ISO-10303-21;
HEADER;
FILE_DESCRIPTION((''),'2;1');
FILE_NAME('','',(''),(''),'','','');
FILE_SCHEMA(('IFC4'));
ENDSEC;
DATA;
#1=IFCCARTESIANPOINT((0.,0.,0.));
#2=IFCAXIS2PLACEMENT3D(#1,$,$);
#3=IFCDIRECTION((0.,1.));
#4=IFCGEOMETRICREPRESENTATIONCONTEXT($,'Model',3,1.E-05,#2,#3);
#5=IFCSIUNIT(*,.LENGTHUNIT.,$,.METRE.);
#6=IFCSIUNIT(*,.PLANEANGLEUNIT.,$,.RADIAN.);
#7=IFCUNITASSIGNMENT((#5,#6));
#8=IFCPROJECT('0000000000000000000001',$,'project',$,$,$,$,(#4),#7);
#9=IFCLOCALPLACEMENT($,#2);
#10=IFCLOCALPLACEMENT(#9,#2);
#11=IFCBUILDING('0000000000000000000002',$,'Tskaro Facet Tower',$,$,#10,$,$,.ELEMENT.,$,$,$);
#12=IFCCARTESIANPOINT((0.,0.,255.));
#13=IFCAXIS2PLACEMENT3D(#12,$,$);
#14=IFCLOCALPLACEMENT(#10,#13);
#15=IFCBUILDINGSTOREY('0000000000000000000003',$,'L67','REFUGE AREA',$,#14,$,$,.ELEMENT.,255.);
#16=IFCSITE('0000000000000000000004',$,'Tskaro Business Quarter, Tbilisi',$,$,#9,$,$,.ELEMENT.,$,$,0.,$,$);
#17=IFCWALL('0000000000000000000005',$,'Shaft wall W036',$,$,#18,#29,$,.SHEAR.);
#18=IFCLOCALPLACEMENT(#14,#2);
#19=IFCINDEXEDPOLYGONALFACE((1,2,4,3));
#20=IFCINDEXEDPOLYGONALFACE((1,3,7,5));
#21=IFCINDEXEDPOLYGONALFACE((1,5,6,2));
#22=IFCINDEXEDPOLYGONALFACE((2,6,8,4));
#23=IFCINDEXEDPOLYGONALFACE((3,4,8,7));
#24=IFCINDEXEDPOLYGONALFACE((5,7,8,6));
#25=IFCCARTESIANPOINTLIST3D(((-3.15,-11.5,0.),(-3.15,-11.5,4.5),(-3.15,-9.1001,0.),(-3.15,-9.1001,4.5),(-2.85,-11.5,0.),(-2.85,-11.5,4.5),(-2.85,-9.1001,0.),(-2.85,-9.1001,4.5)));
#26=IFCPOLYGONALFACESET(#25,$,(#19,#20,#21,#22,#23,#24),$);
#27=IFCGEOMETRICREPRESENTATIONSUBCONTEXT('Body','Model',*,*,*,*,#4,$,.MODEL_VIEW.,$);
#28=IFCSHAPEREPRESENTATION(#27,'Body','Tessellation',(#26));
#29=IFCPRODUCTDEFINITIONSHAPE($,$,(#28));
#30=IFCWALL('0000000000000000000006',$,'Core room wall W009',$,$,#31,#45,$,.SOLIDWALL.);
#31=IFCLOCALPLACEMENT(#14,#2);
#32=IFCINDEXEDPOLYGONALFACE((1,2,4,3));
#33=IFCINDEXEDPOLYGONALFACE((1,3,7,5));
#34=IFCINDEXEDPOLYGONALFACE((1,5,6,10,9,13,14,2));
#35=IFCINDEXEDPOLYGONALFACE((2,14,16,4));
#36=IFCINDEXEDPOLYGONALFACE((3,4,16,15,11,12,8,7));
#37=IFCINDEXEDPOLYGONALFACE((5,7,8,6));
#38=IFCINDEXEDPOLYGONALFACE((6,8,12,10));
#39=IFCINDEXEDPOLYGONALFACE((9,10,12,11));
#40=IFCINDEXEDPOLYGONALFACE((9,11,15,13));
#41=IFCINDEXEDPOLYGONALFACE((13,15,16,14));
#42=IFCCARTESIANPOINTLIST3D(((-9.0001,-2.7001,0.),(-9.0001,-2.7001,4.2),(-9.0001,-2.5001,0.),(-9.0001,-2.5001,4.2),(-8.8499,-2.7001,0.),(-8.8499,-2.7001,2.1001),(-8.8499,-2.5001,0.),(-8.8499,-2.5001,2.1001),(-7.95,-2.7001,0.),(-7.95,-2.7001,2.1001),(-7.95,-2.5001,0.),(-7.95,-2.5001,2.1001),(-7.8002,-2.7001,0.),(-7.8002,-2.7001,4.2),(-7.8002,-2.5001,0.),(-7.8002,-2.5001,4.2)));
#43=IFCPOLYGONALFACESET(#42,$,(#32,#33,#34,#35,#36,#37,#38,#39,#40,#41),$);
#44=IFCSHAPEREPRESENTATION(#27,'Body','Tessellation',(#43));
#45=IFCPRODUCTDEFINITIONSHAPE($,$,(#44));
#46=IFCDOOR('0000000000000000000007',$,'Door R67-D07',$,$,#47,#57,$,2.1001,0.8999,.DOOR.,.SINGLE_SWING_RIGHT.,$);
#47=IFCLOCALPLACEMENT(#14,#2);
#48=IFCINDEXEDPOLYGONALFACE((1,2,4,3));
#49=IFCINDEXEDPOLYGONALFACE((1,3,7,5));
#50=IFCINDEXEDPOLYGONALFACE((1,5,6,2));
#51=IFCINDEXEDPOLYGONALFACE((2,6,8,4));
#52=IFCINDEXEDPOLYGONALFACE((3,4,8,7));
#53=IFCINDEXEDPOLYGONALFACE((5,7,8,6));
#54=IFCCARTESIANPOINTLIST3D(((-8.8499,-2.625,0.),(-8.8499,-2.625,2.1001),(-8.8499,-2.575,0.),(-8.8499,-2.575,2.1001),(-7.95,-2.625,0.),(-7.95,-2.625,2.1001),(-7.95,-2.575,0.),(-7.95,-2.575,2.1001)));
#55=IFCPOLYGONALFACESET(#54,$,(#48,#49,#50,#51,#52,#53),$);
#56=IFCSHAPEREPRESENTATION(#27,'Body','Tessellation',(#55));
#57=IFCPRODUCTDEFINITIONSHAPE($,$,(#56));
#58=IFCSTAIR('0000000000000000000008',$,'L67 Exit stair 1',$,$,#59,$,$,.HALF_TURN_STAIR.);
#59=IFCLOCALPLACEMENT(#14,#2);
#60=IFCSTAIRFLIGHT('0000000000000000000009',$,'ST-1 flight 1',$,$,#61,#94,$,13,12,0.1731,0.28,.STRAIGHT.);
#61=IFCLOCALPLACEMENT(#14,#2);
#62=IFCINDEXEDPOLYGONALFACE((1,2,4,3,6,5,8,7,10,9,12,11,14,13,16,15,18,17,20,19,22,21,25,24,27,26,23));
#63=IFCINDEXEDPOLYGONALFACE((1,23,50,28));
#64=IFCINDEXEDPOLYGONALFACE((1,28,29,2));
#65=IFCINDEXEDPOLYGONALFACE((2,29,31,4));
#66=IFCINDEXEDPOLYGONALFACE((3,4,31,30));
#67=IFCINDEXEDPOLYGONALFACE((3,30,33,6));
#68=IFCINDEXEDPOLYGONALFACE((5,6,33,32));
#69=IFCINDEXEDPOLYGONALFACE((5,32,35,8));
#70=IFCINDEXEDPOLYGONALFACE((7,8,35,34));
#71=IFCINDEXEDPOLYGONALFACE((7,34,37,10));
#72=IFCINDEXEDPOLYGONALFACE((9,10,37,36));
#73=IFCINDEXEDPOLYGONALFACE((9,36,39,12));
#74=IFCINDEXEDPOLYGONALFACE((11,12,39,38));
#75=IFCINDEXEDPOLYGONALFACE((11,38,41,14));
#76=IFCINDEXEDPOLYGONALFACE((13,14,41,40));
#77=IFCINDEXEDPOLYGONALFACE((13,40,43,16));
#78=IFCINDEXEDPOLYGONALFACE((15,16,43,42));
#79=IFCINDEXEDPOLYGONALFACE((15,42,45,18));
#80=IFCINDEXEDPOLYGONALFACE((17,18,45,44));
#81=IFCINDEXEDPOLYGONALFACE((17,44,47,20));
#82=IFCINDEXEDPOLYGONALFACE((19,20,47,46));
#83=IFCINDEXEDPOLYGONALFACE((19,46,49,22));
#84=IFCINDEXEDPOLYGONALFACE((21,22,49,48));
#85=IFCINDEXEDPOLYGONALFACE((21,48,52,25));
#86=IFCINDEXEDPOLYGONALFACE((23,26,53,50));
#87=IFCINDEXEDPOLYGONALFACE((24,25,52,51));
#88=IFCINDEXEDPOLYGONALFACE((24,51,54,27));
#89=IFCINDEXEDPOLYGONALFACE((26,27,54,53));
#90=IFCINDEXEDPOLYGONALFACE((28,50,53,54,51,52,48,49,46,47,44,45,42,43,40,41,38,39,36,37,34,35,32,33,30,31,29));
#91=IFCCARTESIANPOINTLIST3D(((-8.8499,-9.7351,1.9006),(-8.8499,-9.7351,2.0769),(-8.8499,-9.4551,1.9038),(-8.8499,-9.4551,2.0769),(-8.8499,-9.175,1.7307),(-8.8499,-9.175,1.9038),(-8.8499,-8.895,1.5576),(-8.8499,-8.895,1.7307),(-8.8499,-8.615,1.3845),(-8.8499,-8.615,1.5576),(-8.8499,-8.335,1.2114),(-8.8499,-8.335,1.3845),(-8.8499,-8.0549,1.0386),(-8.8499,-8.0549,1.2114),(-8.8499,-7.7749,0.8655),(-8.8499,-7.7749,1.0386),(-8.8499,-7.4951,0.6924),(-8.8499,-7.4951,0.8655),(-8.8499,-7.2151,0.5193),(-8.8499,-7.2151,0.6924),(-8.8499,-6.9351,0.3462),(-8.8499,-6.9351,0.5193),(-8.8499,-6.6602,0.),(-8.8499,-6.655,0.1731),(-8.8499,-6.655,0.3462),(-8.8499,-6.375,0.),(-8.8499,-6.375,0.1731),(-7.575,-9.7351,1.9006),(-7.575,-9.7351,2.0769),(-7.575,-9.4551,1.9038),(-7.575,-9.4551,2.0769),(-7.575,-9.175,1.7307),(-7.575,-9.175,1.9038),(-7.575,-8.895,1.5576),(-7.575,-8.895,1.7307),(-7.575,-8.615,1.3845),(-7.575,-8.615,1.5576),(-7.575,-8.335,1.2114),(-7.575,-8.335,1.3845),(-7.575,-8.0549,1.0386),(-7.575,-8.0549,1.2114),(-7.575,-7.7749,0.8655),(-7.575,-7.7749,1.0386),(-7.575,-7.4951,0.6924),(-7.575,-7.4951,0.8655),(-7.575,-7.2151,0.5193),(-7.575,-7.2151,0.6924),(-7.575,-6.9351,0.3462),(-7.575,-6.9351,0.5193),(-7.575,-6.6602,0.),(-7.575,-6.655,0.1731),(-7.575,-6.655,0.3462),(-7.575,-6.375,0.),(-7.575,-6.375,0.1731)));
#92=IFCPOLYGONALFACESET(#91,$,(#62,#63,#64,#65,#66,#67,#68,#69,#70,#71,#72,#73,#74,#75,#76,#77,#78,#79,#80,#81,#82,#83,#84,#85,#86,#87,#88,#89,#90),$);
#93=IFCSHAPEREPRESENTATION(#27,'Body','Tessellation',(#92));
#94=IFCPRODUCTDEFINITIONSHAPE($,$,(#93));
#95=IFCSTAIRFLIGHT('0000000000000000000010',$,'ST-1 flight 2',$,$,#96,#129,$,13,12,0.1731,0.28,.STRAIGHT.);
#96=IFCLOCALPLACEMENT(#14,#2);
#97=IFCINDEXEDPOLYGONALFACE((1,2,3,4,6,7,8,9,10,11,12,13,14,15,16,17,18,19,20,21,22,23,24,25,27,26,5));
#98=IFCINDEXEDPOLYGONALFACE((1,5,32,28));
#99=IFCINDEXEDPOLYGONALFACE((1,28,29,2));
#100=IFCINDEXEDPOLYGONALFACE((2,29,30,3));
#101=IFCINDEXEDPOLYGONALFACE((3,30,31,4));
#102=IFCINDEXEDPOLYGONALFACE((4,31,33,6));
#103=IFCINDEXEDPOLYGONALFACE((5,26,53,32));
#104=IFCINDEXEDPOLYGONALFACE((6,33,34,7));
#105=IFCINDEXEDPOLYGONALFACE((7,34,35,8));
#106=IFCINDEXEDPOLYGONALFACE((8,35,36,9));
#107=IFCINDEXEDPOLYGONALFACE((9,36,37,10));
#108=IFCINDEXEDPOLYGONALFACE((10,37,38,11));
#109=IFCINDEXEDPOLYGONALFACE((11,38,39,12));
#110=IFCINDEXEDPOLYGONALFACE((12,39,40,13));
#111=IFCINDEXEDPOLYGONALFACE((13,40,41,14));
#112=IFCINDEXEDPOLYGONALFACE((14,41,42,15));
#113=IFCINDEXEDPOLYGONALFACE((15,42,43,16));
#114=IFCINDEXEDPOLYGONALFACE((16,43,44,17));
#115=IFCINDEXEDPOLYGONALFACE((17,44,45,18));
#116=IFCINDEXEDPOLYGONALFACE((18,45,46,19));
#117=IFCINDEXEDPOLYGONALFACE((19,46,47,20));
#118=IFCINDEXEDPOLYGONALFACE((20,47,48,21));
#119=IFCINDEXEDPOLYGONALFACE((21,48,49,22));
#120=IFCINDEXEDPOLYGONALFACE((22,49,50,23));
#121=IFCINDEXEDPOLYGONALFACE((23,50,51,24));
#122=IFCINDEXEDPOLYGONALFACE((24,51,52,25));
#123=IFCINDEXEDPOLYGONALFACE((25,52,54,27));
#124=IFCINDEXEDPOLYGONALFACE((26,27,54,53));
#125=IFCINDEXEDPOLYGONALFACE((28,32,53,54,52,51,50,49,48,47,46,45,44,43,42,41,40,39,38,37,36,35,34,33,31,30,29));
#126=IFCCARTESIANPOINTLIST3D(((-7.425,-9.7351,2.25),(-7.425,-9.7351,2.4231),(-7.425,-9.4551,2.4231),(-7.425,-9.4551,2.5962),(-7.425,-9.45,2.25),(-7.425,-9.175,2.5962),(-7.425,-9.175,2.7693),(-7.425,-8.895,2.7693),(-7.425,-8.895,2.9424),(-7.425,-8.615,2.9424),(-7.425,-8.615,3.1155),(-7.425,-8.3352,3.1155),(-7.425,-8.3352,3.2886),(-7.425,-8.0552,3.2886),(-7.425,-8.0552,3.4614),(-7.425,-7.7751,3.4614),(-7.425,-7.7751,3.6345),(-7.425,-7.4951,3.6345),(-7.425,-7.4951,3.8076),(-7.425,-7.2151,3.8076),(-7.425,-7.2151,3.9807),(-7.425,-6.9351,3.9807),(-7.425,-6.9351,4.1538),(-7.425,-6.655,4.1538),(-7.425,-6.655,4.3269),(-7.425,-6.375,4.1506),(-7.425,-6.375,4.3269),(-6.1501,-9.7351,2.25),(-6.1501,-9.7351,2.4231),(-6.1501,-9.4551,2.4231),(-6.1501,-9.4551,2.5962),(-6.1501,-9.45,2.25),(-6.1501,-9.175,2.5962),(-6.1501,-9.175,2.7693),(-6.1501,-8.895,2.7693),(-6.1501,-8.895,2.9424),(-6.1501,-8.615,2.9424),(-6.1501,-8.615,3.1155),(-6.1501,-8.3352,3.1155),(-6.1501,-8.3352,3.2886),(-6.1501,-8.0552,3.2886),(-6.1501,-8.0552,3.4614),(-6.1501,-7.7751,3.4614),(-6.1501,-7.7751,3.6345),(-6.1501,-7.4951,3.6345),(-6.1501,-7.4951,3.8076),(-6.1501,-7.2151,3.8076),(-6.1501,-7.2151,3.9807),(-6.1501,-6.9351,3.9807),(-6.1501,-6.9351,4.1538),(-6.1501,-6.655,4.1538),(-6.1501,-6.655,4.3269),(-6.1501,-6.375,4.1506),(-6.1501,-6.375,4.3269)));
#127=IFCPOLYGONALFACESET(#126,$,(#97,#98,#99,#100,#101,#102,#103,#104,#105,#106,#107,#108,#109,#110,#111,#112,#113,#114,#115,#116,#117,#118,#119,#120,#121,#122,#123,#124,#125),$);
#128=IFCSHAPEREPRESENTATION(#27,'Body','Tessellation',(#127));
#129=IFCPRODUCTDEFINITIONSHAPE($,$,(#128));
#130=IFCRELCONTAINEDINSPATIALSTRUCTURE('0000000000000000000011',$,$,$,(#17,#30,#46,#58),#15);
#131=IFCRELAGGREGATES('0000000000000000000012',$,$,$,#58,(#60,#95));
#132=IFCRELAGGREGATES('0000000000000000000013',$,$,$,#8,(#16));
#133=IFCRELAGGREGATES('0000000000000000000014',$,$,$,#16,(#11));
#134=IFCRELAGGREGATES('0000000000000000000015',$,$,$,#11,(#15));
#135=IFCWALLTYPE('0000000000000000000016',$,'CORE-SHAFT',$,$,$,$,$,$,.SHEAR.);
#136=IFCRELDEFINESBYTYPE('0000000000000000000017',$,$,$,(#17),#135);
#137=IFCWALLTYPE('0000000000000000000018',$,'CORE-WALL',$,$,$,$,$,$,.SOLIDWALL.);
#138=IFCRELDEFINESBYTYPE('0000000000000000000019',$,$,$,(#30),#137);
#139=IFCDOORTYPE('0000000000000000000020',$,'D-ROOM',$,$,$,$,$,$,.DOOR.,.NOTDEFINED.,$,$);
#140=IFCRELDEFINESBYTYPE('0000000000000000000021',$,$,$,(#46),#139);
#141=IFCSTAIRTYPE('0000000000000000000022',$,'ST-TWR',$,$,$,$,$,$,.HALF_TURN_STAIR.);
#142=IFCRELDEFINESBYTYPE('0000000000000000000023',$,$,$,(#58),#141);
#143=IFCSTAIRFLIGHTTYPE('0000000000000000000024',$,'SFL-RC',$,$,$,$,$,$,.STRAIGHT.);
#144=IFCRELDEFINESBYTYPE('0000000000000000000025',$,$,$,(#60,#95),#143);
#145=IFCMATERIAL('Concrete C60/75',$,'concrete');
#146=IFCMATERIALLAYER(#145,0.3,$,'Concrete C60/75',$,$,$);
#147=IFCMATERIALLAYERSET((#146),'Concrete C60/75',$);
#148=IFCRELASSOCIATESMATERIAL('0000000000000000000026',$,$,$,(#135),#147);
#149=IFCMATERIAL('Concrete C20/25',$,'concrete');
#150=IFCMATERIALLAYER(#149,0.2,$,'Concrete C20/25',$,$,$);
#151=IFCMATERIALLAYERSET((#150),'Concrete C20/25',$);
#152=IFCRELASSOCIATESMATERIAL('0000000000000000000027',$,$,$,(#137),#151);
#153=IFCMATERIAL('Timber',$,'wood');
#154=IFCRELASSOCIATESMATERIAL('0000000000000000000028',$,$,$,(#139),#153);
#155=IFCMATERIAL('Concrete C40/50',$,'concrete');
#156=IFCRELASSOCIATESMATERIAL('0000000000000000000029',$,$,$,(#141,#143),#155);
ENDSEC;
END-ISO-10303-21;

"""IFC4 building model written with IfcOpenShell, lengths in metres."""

from ifc_helpers import new_model, si_unit, direction, frame, frame_2d, origin, place, context, subcontext, project, spatial, polyline, rectangle, outline, extrude, material, layer, layer_set, type_object, element, fill, aggregate, save


model = new_model("IFC4")

# Units and contexts
model_context = context("Model", 3, precision=1e-05, world=origin(), true_north=direction((0.0, 1.0)))
body_context = subcontext(model_context, "Body", "Model", "MODEL_VIEW")
ifc_project = project(units=[si_unit("LENGTHUNIT", "METRE"), si_unit("PLANEANGLEUNIT", "RADIAN")], contexts=[model_context])

# Site, building, storey
site_placement = place(None, origin())
site = spatial("IfcSite", under=ifc_project, at=site_placement, Name="Tskaro Business Quarter, Tbilisi", CompositionType="ELEMENT", RefElevation=0.0)
building_placement = place(site_placement, origin())
building = spatial("IfcBuilding", under=site, at=building_placement, Name="Tskaro Facet Tower", CompositionType="ELEMENT")
storey_placement = place(building_placement, frame((0.0, 0.0, 255.0)))
storey = spatial("IfcBuildingStorey", under=building, at=storey_placement, Name="L67", Description="REFUGE AREA", CompositionType="ELEMENT", Elevation=255.0)

# Shared definitions
ifc_material_1 = material(Name="Concrete C60/75", Category="concrete")
ifc_layer_1 = layer(ifc_material_1, 0.3, Name="Concrete C60/75")
ifc_layer_set_1 = layer_set([ifc_layer_1], Name="Concrete C60/75")
wall_type_1 = type_object("IfcWallType", Name="CORE-SHAFT", PredefinedType="SHEAR", material=ifc_layer_set_1)

# Wall
wall_1_placement = place(storey_placement, frame((-3.0, -11.5, 0.0), z_axis=(0.0, 0.0, 1.0), x_axis=(0.0, 1.0, 0.0)))
element("IfcWall", 1, at=wall_1_placement, inside=storey, type_object=wall_type_1, Name="Shaft wall W036", PredefinedType="SHEAR", context=body_context, shape_type="SweptSolid", body=[
    extrude(rectangle(XDim=2.3999, YDim=0.3, at=frame_2d((1.2, 0.0))), origin(), (0.0, 0.0, 1.0), 4.5),
])

# Wall, opening, door
ifc_material_2 = material(Name="Concrete C20/25", Category="concrete")
ifc_layer_2 = layer(ifc_material_2, 0.2, Name="Concrete C20/25")
ifc_layer_set_2 = layer_set([ifc_layer_2], Name="Concrete C20/25")
wall_type_2 = type_object("IfcWallType", Name="CORE-WALL", PredefinedType="SOLIDWALL", material=ifc_layer_set_2)
wall_2_placement = place(storey_placement, frame((-7.8, -2.6001, 0.0), z_axis=(0.0, 0.0, 1.0), x_axis=(-1.0, 0.0, 0.0)))
wall_2 = element("IfcWall", 2, at=wall_2_placement, inside=storey, type_object=wall_type_2, Name="Core room wall W009", PredefinedType="SOLIDWALL", context=body_context, shape_type="SweptSolid", body=[
    extrude(rectangle(XDim=1.2, YDim=0.2, at=frame_2d((0.6001, 0.0))), origin(), (0.0, 0.0, 1.0), 4.2),
])
opening_1_placement = place(wall_2_placement, frame((0.1499, 0.0, 0.0)))
opening_1 = element("IfcOpeningElement", 3, at=opening_1_placement, cuts=wall_2, PredefinedType="OPENING", context=body_context, shape_type="SweptSolid", body=[
    extrude(rectangle(XDim=0.8999, YDim=2.1001, at=frame_2d((0.45, 1.05))), frame((0.0, 0.1099, 0.0), z_axis=(0.0, -1.0, 0.0), x_axis=(1.0, 0.0, 0.0)), (0.0, 0.0, 1.0), 0.22),
])
ifc_material_3 = material(Name="Timber", Category="wood")
door_type_1 = type_object("IfcDoorType", Name="D-ROOM", OperationType="NOTDEFINED", PredefinedType="DOOR", material=ifc_material_3)
door_1_placement = place(opening_1_placement, origin())
door_1 = element("IfcDoor", 4, at=door_1_placement, inside=storey, type_object=door_type_1, Name="Door R67-D07", OperationType="SINGLE_SWING_RIGHT", OverallHeight=2.1001, OverallWidth=0.8999, PredefinedType="DOOR", context=body_context, shape_type="SweptSolid", body=[
    extrude(rectangle(XDim=0.8999, YDim=2.1001, at=frame_2d((0.45, 1.05))), frame((0.0, 0.0249, 0.0), z_axis=(0.0, -1.0, 0.0), x_axis=(1.0, 0.0, 0.0)), (0.0, 0.0, 1.0), 0.05),
])
fill(opening_1, door_1)

# Stair, stair flights
ifc_material_4 = material(Name="Concrete C40/50", Category="concrete")
stair_type = type_object("IfcStairType", Name="ST-TWR", PredefinedType="HALF_TURN_STAIR", material=ifc_material_4)
stair_placement = place(storey_placement, origin())
stair = element("IfcStair", 5, at=stair_placement, inside=storey, type_object=stair_type, Name="L67 Exit stair 1", PredefinedType="HALF_TURN_STAIR")
stair_flight_type = type_object("IfcStairFlightType", Name="SFL-RC", PredefinedType="STRAIGHT", material=ifc_material_4)
stair_flight_1_placement = place(storey_placement, frame((-8.2124, -6.375, 0.0), z_axis=(0.0, 0.0, 1.0), x_axis=(0.0, -1.0, 0.0)))
stair_flight_1 = element("IfcStairFlight", 6, at=stair_flight_1_placement, type_object=stair_flight_type, Name="ST-1 flight 1", NumberOfRisers=13, NumberOfTreads=12, PredefinedType="STRAIGHT", RiserHeight=0.1731, TreadLength=0.28, context=body_context, shape_type="SweptSolid", body=[
    extrude(outline(polyline([(0.0, 0.0), (0.0, 0.1731), (0.28, 0.1731), (0.28, 0.3462), (0.5601, 0.3462), (0.5601, 0.5193), (0.8401, 0.5193), (0.8401, 0.6924), (1.1201, 0.6924), (1.1201, 0.8655), (1.3999, 0.8655), (1.3999, 1.0386), (1.6799, 1.0386), (1.6799, 1.2114), (1.96, 1.2114), (1.96, 1.3845), (2.24, 1.3845), (2.24, 1.5576), (2.52, 1.5576), (2.52, 1.7307), (2.8, 1.7307), (2.8, 1.9038), (3.0801, 1.9038), (3.0801, 2.0769), (3.3601, 2.0769), (3.3601, 2.25), (3.3601, 1.9006), (0.2852, 0.0), (0.0, 0.0)])), frame((0.0, 0.6375, 0.0), z_axis=(0.0, -1.0, 0.0), x_axis=(1.0, 0.0, 0.0)), (0.0, 0.0, 1.0), 1.2749),
])
stair_flight_2_placement = place(storey_placement, frame((-6.7876, -9.7351, 2.25), z_axis=(0.0, 0.0, 1.0), x_axis=(0.0, 1.0, 0.0)))
stair_flight_2 = element("IfcStairFlight", 7, at=stair_flight_2_placement, type_object=stair_flight_type, Name="ST-1 flight 2", NumberOfRisers=13, NumberOfTreads=12, PredefinedType="STRAIGHT", RiserHeight=0.1731, TreadLength=0.28, context=body_context, shape_type="SweptSolid", body=[
    extrude(outline(polyline([(0.0, 0.0), (0.0, 0.1731), (0.28, 0.1731), (0.28, 0.3462), (0.5601, 0.3462), (0.5601, 0.5193), (0.8401, 0.5193), (0.8401, 0.6924), (1.1201, 0.6924), (1.1201, 0.8655), (1.3999, 0.8655), (1.3999, 1.0386), (1.6799, 1.0386), (1.6799, 1.2114), (1.96, 1.2114), (1.96, 1.3845), (2.24, 1.3845), (2.24, 1.5576), (2.52, 1.5576), (2.52, 1.7307), (2.8, 1.7307), (2.8, 1.9038), (3.0801, 1.9038), (3.0801, 2.0769), (3.3601, 2.0769), (3.3601, 2.25), (3.3601, 1.9006), (0.2852, 0.0), (0.0, 0.0)])), frame((0.0, 0.6375, 0.0), z_axis=(0.0, -1.0, 0.0), x_axis=(1.0, 0.0, 0.0)), (0.0, 0.0, 1.0), 1.2749),
])
aggregate(stair, [stair_flight_1, stair_flight_2])

save(model, "model.ifc")
